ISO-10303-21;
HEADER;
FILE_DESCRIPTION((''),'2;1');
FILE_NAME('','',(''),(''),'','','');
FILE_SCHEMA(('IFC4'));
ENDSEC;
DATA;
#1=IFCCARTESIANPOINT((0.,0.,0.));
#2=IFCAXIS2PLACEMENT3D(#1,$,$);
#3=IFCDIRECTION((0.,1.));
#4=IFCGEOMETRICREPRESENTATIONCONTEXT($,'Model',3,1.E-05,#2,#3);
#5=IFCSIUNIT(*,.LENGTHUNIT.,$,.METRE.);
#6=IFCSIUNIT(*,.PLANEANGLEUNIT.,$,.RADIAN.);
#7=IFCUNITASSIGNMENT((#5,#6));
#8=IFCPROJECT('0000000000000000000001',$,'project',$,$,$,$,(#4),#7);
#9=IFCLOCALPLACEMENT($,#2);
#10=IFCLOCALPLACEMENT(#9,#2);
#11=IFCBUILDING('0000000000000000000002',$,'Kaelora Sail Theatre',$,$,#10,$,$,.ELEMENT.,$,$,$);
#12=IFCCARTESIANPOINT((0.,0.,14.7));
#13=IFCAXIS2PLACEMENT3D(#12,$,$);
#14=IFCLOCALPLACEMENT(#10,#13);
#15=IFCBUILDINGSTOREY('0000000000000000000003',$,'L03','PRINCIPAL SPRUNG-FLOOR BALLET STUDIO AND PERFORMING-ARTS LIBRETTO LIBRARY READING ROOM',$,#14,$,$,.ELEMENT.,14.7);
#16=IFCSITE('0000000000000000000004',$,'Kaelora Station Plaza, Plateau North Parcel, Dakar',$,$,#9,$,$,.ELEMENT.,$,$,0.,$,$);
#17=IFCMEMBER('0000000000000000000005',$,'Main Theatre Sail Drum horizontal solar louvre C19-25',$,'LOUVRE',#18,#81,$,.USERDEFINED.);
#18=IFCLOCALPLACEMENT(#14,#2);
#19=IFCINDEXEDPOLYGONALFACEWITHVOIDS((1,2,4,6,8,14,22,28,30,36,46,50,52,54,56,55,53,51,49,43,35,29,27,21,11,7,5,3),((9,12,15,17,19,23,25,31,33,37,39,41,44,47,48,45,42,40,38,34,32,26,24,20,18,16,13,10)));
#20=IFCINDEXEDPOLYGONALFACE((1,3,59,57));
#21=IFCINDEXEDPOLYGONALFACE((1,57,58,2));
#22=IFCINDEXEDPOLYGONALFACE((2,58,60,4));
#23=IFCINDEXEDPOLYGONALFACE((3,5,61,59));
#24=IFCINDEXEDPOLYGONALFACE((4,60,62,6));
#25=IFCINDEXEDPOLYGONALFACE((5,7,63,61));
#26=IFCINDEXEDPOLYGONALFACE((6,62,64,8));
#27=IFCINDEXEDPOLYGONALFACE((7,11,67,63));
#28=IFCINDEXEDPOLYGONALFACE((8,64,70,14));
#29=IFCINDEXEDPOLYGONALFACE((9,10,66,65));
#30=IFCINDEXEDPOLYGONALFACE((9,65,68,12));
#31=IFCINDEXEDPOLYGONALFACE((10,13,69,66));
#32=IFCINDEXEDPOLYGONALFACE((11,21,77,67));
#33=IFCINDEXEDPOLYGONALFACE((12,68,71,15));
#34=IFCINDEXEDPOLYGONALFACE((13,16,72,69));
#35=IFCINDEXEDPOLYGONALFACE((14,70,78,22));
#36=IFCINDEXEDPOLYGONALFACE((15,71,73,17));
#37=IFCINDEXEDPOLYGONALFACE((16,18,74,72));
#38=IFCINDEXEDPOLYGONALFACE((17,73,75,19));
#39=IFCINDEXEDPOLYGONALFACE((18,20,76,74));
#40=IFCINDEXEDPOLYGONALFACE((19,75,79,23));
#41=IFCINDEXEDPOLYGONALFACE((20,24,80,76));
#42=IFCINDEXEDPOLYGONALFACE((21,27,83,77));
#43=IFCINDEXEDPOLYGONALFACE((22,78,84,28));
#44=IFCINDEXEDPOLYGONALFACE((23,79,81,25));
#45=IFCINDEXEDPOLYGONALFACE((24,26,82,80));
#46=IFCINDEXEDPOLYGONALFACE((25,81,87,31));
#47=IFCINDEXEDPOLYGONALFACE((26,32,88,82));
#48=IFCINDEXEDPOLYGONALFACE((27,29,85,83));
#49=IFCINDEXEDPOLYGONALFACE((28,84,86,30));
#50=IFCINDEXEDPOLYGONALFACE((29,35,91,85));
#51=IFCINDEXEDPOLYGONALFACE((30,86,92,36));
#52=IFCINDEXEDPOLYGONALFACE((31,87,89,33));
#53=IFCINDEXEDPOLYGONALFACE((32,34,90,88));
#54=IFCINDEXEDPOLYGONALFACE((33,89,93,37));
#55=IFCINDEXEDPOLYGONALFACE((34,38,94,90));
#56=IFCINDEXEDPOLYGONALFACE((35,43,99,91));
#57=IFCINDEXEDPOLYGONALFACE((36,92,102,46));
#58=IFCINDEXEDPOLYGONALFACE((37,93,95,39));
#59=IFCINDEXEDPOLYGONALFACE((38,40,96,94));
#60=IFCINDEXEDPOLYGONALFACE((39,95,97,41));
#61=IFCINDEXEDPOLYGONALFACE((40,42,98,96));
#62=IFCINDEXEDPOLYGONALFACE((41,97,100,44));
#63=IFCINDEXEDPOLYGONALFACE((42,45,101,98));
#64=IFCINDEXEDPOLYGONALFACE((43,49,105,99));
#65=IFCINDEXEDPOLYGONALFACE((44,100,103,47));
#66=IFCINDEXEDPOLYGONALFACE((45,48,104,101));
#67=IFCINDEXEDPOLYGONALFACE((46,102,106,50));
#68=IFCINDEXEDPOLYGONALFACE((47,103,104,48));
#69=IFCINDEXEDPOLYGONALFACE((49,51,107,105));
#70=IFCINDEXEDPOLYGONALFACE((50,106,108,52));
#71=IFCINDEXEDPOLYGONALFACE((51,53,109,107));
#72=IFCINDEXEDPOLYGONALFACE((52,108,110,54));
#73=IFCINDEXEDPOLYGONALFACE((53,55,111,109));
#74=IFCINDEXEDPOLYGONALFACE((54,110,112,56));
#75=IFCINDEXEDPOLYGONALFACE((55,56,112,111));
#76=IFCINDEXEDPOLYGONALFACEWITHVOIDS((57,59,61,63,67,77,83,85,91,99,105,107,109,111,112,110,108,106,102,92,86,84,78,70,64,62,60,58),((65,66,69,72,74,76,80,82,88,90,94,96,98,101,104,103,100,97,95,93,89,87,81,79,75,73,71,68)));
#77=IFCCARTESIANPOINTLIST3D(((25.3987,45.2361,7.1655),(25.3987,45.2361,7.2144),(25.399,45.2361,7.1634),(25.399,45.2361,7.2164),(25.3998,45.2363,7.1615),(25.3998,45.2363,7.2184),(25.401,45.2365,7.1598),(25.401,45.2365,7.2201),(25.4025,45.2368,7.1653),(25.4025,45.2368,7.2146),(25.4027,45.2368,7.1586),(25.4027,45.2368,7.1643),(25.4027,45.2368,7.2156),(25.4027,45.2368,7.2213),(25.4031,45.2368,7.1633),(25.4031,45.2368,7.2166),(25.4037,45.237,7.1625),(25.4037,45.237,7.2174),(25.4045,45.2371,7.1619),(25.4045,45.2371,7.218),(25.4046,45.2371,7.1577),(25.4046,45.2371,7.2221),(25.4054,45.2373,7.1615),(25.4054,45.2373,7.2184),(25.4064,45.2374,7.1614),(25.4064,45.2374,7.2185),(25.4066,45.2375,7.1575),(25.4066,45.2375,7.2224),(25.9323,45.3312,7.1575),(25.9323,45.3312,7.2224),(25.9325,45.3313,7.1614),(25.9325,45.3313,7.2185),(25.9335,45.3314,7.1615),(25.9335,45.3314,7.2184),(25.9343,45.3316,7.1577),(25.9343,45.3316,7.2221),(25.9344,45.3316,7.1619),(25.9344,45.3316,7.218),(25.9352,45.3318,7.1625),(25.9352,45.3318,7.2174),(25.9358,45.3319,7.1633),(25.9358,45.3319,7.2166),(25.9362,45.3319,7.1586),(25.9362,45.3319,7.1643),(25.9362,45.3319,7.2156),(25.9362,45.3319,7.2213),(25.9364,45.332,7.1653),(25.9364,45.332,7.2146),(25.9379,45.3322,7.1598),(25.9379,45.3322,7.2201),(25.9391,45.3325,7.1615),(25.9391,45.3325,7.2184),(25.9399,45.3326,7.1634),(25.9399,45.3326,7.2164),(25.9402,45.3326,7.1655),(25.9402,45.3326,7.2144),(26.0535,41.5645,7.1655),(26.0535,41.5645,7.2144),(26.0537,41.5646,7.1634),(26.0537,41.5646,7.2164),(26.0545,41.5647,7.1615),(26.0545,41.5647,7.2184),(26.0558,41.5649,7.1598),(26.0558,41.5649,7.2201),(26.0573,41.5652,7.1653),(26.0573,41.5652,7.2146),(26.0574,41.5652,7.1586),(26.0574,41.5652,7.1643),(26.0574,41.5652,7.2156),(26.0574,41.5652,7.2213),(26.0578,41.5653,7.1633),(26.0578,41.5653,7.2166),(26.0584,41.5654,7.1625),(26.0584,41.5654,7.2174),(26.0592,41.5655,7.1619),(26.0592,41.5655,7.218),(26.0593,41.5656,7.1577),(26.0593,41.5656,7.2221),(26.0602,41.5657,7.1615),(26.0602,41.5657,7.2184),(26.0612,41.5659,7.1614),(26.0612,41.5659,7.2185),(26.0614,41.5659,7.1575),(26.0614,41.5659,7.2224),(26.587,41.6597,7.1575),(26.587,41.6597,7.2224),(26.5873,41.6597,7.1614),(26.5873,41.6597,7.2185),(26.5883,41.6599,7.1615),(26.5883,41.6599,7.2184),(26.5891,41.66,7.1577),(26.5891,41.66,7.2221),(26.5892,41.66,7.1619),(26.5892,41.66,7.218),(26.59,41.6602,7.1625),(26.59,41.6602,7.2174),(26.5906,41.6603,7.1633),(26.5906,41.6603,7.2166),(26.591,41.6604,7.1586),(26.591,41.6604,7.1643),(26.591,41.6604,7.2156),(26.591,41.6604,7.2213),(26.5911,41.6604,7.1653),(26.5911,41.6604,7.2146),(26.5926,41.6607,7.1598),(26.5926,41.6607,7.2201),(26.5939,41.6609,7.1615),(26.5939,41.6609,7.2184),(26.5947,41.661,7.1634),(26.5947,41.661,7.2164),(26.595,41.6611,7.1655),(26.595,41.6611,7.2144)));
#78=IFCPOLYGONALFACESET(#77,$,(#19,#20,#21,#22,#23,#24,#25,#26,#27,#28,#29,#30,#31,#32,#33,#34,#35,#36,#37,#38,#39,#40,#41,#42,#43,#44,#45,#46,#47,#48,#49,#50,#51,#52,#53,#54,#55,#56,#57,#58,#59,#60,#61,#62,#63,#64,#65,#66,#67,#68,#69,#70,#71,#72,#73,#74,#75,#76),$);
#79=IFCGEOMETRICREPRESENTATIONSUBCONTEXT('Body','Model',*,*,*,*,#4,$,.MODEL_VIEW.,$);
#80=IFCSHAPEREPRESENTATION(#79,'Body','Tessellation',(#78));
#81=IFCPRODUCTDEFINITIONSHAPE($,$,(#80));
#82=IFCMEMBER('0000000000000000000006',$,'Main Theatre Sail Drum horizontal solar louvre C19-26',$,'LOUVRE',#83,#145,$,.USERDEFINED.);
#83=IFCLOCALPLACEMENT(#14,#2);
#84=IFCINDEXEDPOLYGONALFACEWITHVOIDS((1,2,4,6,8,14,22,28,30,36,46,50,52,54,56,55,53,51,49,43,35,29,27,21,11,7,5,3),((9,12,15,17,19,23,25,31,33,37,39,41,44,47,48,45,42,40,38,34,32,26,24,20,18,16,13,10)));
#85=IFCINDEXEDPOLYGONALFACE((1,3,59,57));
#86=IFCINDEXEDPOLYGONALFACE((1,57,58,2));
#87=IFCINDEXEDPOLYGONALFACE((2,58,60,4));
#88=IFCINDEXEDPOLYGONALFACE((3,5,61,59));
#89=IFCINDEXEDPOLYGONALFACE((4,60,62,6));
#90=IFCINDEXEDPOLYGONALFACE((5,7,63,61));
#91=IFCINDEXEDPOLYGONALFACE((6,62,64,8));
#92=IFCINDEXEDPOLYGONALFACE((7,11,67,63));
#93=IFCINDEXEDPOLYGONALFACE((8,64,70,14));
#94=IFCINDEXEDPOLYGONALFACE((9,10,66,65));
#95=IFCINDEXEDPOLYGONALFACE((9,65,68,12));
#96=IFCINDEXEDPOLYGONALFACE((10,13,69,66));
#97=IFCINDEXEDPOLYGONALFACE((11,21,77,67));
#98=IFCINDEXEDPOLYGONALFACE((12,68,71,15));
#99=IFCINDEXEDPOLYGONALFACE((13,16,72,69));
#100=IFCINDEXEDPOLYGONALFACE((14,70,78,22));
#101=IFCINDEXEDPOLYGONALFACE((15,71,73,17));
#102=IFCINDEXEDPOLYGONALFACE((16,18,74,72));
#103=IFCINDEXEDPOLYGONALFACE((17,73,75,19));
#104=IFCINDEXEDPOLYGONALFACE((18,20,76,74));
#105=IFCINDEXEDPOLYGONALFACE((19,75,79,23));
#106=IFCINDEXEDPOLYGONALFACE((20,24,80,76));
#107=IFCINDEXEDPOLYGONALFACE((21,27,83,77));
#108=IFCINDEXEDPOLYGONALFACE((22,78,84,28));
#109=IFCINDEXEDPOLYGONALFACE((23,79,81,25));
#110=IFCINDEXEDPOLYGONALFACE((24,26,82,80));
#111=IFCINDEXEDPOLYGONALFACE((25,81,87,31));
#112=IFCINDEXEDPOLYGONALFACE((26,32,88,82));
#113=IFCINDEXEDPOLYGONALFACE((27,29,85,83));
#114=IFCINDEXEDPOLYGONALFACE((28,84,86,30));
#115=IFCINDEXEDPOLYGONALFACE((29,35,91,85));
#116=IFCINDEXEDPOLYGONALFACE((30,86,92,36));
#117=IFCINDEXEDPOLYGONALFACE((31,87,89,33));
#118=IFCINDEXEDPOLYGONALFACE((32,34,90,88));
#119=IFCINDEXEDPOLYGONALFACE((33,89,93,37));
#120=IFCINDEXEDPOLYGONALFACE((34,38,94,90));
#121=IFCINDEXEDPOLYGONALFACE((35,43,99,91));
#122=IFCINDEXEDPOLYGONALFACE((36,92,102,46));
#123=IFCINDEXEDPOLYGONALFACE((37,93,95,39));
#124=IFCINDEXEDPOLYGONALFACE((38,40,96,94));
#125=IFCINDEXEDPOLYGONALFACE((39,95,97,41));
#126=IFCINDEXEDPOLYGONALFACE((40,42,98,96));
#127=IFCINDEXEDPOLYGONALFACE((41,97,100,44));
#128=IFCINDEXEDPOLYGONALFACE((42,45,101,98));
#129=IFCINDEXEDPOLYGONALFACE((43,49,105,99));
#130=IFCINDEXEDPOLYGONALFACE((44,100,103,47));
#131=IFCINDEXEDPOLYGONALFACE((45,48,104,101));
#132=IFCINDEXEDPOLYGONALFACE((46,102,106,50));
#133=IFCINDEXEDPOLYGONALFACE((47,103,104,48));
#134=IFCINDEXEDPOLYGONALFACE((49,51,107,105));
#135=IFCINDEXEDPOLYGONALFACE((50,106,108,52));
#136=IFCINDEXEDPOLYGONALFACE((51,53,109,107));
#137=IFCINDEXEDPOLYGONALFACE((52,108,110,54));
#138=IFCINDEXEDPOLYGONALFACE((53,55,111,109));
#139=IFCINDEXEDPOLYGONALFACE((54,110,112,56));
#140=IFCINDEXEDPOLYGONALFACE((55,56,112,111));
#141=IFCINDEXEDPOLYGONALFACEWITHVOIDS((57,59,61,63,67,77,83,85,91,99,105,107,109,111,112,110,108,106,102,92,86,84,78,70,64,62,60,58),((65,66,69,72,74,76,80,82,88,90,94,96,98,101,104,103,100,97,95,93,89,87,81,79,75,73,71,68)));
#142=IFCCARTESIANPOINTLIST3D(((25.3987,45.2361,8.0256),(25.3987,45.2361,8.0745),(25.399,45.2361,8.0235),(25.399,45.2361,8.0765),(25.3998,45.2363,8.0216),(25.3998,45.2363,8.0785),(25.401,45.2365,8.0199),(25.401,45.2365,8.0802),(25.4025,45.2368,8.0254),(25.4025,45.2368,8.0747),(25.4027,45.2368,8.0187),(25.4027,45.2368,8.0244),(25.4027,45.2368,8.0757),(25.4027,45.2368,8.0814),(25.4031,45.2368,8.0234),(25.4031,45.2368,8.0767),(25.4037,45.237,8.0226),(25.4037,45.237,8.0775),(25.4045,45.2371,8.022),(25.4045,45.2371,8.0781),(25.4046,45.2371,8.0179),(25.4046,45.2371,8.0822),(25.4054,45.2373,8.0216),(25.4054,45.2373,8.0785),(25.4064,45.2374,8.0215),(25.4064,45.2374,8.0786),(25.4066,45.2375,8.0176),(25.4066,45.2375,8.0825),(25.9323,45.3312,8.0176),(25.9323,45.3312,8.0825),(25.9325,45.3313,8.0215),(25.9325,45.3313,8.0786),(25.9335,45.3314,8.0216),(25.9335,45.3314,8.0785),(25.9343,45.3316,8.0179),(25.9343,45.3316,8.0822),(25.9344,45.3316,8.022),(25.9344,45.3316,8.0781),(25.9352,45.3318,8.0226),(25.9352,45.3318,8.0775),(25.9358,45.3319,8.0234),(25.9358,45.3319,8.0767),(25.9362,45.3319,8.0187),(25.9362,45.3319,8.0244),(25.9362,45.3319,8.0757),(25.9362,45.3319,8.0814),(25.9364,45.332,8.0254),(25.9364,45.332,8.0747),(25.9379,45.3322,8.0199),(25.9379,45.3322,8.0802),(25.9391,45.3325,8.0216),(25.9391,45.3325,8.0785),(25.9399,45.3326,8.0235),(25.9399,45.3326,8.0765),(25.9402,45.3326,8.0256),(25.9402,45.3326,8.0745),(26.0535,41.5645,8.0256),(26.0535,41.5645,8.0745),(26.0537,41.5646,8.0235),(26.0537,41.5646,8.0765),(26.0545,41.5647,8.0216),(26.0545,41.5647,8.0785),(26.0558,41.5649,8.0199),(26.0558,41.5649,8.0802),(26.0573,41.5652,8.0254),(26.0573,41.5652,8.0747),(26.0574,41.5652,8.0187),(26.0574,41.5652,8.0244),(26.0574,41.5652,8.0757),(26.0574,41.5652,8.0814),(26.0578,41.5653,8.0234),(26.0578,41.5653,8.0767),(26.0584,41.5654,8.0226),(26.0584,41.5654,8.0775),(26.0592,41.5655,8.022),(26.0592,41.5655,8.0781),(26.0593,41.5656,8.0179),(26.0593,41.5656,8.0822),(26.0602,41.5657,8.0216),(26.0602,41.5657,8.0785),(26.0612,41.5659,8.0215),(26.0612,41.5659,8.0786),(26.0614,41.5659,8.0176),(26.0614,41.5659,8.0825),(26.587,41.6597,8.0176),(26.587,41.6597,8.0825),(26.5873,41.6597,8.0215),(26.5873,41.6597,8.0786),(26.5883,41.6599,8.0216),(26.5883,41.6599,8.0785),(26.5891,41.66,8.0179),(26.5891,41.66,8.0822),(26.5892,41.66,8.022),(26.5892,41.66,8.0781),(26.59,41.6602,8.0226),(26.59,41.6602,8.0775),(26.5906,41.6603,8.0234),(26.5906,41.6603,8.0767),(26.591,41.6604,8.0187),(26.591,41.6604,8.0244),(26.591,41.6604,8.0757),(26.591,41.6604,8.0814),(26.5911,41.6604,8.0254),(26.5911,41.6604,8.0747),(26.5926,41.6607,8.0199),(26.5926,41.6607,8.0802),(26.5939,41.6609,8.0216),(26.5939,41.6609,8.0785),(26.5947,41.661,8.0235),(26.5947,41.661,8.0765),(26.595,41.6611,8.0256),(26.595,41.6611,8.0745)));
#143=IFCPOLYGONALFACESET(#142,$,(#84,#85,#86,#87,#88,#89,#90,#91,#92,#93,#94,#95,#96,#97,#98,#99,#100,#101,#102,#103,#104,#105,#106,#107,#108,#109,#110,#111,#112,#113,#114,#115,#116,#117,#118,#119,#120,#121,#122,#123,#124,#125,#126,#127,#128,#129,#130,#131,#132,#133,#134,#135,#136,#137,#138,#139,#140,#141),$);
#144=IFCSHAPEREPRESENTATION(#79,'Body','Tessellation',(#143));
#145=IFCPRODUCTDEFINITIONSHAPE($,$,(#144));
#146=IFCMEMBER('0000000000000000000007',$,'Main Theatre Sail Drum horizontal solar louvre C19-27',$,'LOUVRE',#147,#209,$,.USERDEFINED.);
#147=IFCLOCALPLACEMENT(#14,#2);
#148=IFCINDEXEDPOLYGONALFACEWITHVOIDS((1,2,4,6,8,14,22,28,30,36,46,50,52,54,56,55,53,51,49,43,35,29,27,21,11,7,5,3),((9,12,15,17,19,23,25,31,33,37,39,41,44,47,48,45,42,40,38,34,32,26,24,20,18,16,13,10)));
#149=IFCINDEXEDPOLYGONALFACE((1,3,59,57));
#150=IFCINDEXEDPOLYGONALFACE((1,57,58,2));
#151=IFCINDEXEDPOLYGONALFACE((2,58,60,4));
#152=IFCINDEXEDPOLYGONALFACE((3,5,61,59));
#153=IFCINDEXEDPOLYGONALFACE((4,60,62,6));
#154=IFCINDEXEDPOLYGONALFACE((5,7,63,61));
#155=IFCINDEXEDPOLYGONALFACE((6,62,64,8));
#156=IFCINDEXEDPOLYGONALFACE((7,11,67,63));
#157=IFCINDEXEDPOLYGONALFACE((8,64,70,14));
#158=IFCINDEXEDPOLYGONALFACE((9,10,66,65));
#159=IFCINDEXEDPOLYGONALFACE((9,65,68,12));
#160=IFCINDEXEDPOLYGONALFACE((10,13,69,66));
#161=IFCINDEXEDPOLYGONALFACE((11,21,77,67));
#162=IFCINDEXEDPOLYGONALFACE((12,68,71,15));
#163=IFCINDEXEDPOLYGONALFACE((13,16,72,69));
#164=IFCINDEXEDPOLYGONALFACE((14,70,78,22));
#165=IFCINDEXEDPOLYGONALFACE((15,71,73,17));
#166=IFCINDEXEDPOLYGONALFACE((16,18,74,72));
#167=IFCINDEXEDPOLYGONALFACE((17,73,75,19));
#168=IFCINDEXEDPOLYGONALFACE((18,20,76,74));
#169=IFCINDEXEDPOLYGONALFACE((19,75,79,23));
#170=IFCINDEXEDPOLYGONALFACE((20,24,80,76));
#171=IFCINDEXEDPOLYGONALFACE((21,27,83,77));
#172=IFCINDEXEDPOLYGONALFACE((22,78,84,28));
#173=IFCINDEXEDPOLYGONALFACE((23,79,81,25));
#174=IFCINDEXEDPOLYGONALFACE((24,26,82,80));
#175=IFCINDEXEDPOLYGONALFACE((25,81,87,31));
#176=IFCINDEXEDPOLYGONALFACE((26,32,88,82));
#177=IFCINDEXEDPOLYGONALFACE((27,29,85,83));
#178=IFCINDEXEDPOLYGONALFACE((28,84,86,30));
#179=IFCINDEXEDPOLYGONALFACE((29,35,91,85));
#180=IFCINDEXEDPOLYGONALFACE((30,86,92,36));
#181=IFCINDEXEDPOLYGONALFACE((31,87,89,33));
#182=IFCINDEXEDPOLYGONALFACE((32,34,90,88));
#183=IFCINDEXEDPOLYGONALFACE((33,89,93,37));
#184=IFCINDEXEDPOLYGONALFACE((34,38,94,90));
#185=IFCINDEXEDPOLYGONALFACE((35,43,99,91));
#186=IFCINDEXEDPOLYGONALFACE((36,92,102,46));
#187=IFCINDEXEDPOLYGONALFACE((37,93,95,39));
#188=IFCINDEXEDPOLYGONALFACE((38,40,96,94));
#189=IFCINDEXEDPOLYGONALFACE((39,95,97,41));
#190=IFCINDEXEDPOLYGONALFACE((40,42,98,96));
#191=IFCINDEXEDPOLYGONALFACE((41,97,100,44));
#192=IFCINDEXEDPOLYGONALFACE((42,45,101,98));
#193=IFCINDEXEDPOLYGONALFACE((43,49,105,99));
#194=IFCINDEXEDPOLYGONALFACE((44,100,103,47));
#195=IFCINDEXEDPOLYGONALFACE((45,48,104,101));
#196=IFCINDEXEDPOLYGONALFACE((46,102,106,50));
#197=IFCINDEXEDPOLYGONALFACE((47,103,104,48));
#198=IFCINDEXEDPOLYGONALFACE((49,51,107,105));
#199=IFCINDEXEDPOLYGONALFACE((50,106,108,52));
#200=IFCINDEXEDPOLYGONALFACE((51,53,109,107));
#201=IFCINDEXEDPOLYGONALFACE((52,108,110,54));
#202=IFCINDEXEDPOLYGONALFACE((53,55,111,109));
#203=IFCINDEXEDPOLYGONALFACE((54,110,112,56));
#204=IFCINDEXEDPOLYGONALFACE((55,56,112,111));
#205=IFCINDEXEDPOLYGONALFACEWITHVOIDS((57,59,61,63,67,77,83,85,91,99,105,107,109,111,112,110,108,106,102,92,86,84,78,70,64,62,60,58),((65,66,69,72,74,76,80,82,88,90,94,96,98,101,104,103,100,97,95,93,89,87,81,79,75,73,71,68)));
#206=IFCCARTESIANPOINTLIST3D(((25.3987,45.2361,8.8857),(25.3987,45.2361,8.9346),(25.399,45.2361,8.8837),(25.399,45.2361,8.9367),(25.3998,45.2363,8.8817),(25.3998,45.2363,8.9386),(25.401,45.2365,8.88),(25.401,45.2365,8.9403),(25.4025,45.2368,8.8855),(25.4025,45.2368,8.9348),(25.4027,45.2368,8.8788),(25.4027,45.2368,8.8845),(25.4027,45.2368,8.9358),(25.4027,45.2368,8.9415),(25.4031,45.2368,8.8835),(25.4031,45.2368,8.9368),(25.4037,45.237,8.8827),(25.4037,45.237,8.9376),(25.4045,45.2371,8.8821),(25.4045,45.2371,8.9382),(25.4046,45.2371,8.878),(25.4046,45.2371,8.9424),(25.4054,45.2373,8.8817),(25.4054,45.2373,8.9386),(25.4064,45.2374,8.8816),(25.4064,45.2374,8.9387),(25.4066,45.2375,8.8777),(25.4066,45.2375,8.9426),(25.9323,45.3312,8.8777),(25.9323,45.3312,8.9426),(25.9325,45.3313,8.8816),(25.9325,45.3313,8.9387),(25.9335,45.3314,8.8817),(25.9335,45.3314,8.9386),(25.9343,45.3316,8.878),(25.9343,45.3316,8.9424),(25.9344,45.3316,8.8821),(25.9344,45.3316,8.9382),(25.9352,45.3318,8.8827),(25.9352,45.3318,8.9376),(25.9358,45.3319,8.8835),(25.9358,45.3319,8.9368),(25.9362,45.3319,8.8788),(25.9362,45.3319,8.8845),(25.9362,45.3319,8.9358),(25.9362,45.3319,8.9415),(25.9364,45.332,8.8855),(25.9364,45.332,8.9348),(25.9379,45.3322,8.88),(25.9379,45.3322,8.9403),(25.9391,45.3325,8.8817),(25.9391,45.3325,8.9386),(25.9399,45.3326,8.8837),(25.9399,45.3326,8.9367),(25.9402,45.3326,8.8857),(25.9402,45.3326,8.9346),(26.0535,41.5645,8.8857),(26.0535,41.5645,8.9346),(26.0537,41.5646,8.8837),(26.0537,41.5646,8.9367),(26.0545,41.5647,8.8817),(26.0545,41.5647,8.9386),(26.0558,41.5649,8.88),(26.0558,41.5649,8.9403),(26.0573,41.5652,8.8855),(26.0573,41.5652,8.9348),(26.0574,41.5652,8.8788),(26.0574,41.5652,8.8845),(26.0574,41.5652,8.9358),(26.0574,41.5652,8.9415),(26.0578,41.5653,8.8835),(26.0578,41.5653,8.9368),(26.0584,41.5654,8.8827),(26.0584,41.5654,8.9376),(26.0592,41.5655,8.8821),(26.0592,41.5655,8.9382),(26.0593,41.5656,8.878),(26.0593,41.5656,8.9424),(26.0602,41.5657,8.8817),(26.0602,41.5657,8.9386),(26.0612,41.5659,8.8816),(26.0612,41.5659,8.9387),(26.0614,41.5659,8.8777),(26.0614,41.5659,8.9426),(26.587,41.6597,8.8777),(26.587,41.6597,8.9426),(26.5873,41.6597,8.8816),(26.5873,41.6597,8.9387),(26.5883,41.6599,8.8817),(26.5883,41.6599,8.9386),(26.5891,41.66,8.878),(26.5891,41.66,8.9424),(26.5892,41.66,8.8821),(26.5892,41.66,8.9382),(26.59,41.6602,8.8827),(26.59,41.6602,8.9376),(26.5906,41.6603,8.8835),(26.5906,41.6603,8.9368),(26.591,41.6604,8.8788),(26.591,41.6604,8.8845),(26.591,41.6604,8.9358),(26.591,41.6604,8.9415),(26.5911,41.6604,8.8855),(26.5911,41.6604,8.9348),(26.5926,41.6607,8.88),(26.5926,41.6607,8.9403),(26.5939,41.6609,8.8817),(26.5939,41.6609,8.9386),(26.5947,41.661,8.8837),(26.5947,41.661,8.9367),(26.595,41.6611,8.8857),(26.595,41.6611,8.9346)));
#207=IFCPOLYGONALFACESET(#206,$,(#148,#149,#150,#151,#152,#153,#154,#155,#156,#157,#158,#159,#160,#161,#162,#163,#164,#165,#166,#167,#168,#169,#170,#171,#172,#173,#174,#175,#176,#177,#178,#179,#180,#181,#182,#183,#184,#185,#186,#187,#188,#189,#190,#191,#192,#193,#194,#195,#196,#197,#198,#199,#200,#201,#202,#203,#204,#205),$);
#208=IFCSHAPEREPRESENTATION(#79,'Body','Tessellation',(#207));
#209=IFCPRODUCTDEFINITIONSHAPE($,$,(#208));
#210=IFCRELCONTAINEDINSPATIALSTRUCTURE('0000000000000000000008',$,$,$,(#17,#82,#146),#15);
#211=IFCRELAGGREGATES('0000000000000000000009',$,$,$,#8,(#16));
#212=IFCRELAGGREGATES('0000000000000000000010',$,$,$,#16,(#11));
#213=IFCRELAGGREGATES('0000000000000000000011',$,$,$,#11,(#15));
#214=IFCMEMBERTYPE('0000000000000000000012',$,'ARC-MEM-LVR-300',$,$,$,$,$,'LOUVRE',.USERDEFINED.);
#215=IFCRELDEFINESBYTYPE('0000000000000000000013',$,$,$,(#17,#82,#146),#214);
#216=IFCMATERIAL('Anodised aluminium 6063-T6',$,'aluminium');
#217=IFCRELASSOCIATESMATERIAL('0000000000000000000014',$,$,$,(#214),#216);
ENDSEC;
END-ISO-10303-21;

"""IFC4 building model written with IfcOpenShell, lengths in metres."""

from ifc_helpers import new_model, si_unit, direction, frame, origin, origin_2d, place, context, subcontext, project, spatial, hollow_rectangle, extrude, material, material_profile, profile_set, type_object, element, save


model = new_model("IFC4")

# Units and contexts
model_context = context("Model", 3, precision=1e-05, world=origin(), true_north=direction((0.0, 1.0)))
body_context = subcontext(model_context, "Body", "Model", "MODEL_VIEW")
ifc_project = project(units=[si_unit("LENGTHUNIT", "METRE"), si_unit("PLANEANGLEUNIT", "RADIAN")], contexts=[model_context])

# Site, building, storey
site_placement = place(None, origin())
site = spatial("IfcSite", under=ifc_project, at=site_placement, Name="Kaelora Station Plaza, Plateau North Parcel, Dakar", CompositionType="ELEMENT", RefElevation=0.0)
building_placement = place(site_placement, origin())
building = spatial("IfcBuilding", under=site, at=building_placement, Name="Kaelora Sail Theatre", CompositionType="ELEMENT")
storey_placement = place(building_placement, frame((0.0, 0.0, 14.7)))
storey = spatial("IfcBuildingStorey", under=building, at=storey_placement, Name="L03", Description="PRINCIPAL SPRUNG-FLOOR BALLET STUDIO AND PERFORMING-ARTS LIBRETTO LIBRARY READING ROOM", CompositionType="ELEMENT", Elevation=14.7)

# Members
ifc_material_1 = material(Name="Anodised aluminium 6063-T6", Category="aluminium")
ifc_material_profile_1 = material_profile(ifc_material_1, hollow_rectangle(XDim=0.55, YDim=0.0649, WallThickness=0.0039, InnerFilletRadius=0.0039, OuterFilletRadius=0.0081, at=origin_2d()), Name="LOUVRE 550x65x4")
ifc_profile_set_1 = profile_set([ifc_material_profile_1], Name="Anodised aluminium 6063-T6")
member_type = type_object("IfcMemberType", Name="ARC-MEM-LVR-300", ElementType="LOUVRE", PredefinedType="USERDEFINED", material=ifc_profile_set_1)
for number, where, z_axis, x_axis, name in (
    (1, (26.3242, 41.6128, 7.1899), (-0.175566, 0.984468, 0.0), (-0.984468, -0.175566, 0.0), "Main Theatre Sail Drum horizontal solar louvre C19-25"),
    (2, (26.3242, 41.6128, 8.05), (-0.175566, 0.984468, 0.0), (-0.984468, -0.175566, 0.0), "Main Theatre Sail Drum horizontal solar louvre C19-26"),
    (3, (26.3242, 41.6128, 8.9102), (-0.175566, 0.984468, 0.0), (-0.984468, -0.175566, 0.0), "Main Theatre Sail Drum horizontal solar louvre C19-27"),
):
    element("IfcMember", number, at=place(storey_placement, frame(where, z_axis=z_axis, x_axis=x_axis)), inside=storey, type_object=member_type, Name=name, ObjectType="LOUVRE", PredefinedType="USERDEFINED", context=body_context, shape_type="SweptSolid", body=[
        extrude(hollow_rectangle(XDim=0.55, YDim=0.0649, WallThickness=0.0039, InnerFilletRadius=0.0039, OuterFilletRadius=0.0081, at=origin_2d()), origin(), (0.0, 0.0, 1.0), 3.7295),
    ])

save(model, "model.ifc")
